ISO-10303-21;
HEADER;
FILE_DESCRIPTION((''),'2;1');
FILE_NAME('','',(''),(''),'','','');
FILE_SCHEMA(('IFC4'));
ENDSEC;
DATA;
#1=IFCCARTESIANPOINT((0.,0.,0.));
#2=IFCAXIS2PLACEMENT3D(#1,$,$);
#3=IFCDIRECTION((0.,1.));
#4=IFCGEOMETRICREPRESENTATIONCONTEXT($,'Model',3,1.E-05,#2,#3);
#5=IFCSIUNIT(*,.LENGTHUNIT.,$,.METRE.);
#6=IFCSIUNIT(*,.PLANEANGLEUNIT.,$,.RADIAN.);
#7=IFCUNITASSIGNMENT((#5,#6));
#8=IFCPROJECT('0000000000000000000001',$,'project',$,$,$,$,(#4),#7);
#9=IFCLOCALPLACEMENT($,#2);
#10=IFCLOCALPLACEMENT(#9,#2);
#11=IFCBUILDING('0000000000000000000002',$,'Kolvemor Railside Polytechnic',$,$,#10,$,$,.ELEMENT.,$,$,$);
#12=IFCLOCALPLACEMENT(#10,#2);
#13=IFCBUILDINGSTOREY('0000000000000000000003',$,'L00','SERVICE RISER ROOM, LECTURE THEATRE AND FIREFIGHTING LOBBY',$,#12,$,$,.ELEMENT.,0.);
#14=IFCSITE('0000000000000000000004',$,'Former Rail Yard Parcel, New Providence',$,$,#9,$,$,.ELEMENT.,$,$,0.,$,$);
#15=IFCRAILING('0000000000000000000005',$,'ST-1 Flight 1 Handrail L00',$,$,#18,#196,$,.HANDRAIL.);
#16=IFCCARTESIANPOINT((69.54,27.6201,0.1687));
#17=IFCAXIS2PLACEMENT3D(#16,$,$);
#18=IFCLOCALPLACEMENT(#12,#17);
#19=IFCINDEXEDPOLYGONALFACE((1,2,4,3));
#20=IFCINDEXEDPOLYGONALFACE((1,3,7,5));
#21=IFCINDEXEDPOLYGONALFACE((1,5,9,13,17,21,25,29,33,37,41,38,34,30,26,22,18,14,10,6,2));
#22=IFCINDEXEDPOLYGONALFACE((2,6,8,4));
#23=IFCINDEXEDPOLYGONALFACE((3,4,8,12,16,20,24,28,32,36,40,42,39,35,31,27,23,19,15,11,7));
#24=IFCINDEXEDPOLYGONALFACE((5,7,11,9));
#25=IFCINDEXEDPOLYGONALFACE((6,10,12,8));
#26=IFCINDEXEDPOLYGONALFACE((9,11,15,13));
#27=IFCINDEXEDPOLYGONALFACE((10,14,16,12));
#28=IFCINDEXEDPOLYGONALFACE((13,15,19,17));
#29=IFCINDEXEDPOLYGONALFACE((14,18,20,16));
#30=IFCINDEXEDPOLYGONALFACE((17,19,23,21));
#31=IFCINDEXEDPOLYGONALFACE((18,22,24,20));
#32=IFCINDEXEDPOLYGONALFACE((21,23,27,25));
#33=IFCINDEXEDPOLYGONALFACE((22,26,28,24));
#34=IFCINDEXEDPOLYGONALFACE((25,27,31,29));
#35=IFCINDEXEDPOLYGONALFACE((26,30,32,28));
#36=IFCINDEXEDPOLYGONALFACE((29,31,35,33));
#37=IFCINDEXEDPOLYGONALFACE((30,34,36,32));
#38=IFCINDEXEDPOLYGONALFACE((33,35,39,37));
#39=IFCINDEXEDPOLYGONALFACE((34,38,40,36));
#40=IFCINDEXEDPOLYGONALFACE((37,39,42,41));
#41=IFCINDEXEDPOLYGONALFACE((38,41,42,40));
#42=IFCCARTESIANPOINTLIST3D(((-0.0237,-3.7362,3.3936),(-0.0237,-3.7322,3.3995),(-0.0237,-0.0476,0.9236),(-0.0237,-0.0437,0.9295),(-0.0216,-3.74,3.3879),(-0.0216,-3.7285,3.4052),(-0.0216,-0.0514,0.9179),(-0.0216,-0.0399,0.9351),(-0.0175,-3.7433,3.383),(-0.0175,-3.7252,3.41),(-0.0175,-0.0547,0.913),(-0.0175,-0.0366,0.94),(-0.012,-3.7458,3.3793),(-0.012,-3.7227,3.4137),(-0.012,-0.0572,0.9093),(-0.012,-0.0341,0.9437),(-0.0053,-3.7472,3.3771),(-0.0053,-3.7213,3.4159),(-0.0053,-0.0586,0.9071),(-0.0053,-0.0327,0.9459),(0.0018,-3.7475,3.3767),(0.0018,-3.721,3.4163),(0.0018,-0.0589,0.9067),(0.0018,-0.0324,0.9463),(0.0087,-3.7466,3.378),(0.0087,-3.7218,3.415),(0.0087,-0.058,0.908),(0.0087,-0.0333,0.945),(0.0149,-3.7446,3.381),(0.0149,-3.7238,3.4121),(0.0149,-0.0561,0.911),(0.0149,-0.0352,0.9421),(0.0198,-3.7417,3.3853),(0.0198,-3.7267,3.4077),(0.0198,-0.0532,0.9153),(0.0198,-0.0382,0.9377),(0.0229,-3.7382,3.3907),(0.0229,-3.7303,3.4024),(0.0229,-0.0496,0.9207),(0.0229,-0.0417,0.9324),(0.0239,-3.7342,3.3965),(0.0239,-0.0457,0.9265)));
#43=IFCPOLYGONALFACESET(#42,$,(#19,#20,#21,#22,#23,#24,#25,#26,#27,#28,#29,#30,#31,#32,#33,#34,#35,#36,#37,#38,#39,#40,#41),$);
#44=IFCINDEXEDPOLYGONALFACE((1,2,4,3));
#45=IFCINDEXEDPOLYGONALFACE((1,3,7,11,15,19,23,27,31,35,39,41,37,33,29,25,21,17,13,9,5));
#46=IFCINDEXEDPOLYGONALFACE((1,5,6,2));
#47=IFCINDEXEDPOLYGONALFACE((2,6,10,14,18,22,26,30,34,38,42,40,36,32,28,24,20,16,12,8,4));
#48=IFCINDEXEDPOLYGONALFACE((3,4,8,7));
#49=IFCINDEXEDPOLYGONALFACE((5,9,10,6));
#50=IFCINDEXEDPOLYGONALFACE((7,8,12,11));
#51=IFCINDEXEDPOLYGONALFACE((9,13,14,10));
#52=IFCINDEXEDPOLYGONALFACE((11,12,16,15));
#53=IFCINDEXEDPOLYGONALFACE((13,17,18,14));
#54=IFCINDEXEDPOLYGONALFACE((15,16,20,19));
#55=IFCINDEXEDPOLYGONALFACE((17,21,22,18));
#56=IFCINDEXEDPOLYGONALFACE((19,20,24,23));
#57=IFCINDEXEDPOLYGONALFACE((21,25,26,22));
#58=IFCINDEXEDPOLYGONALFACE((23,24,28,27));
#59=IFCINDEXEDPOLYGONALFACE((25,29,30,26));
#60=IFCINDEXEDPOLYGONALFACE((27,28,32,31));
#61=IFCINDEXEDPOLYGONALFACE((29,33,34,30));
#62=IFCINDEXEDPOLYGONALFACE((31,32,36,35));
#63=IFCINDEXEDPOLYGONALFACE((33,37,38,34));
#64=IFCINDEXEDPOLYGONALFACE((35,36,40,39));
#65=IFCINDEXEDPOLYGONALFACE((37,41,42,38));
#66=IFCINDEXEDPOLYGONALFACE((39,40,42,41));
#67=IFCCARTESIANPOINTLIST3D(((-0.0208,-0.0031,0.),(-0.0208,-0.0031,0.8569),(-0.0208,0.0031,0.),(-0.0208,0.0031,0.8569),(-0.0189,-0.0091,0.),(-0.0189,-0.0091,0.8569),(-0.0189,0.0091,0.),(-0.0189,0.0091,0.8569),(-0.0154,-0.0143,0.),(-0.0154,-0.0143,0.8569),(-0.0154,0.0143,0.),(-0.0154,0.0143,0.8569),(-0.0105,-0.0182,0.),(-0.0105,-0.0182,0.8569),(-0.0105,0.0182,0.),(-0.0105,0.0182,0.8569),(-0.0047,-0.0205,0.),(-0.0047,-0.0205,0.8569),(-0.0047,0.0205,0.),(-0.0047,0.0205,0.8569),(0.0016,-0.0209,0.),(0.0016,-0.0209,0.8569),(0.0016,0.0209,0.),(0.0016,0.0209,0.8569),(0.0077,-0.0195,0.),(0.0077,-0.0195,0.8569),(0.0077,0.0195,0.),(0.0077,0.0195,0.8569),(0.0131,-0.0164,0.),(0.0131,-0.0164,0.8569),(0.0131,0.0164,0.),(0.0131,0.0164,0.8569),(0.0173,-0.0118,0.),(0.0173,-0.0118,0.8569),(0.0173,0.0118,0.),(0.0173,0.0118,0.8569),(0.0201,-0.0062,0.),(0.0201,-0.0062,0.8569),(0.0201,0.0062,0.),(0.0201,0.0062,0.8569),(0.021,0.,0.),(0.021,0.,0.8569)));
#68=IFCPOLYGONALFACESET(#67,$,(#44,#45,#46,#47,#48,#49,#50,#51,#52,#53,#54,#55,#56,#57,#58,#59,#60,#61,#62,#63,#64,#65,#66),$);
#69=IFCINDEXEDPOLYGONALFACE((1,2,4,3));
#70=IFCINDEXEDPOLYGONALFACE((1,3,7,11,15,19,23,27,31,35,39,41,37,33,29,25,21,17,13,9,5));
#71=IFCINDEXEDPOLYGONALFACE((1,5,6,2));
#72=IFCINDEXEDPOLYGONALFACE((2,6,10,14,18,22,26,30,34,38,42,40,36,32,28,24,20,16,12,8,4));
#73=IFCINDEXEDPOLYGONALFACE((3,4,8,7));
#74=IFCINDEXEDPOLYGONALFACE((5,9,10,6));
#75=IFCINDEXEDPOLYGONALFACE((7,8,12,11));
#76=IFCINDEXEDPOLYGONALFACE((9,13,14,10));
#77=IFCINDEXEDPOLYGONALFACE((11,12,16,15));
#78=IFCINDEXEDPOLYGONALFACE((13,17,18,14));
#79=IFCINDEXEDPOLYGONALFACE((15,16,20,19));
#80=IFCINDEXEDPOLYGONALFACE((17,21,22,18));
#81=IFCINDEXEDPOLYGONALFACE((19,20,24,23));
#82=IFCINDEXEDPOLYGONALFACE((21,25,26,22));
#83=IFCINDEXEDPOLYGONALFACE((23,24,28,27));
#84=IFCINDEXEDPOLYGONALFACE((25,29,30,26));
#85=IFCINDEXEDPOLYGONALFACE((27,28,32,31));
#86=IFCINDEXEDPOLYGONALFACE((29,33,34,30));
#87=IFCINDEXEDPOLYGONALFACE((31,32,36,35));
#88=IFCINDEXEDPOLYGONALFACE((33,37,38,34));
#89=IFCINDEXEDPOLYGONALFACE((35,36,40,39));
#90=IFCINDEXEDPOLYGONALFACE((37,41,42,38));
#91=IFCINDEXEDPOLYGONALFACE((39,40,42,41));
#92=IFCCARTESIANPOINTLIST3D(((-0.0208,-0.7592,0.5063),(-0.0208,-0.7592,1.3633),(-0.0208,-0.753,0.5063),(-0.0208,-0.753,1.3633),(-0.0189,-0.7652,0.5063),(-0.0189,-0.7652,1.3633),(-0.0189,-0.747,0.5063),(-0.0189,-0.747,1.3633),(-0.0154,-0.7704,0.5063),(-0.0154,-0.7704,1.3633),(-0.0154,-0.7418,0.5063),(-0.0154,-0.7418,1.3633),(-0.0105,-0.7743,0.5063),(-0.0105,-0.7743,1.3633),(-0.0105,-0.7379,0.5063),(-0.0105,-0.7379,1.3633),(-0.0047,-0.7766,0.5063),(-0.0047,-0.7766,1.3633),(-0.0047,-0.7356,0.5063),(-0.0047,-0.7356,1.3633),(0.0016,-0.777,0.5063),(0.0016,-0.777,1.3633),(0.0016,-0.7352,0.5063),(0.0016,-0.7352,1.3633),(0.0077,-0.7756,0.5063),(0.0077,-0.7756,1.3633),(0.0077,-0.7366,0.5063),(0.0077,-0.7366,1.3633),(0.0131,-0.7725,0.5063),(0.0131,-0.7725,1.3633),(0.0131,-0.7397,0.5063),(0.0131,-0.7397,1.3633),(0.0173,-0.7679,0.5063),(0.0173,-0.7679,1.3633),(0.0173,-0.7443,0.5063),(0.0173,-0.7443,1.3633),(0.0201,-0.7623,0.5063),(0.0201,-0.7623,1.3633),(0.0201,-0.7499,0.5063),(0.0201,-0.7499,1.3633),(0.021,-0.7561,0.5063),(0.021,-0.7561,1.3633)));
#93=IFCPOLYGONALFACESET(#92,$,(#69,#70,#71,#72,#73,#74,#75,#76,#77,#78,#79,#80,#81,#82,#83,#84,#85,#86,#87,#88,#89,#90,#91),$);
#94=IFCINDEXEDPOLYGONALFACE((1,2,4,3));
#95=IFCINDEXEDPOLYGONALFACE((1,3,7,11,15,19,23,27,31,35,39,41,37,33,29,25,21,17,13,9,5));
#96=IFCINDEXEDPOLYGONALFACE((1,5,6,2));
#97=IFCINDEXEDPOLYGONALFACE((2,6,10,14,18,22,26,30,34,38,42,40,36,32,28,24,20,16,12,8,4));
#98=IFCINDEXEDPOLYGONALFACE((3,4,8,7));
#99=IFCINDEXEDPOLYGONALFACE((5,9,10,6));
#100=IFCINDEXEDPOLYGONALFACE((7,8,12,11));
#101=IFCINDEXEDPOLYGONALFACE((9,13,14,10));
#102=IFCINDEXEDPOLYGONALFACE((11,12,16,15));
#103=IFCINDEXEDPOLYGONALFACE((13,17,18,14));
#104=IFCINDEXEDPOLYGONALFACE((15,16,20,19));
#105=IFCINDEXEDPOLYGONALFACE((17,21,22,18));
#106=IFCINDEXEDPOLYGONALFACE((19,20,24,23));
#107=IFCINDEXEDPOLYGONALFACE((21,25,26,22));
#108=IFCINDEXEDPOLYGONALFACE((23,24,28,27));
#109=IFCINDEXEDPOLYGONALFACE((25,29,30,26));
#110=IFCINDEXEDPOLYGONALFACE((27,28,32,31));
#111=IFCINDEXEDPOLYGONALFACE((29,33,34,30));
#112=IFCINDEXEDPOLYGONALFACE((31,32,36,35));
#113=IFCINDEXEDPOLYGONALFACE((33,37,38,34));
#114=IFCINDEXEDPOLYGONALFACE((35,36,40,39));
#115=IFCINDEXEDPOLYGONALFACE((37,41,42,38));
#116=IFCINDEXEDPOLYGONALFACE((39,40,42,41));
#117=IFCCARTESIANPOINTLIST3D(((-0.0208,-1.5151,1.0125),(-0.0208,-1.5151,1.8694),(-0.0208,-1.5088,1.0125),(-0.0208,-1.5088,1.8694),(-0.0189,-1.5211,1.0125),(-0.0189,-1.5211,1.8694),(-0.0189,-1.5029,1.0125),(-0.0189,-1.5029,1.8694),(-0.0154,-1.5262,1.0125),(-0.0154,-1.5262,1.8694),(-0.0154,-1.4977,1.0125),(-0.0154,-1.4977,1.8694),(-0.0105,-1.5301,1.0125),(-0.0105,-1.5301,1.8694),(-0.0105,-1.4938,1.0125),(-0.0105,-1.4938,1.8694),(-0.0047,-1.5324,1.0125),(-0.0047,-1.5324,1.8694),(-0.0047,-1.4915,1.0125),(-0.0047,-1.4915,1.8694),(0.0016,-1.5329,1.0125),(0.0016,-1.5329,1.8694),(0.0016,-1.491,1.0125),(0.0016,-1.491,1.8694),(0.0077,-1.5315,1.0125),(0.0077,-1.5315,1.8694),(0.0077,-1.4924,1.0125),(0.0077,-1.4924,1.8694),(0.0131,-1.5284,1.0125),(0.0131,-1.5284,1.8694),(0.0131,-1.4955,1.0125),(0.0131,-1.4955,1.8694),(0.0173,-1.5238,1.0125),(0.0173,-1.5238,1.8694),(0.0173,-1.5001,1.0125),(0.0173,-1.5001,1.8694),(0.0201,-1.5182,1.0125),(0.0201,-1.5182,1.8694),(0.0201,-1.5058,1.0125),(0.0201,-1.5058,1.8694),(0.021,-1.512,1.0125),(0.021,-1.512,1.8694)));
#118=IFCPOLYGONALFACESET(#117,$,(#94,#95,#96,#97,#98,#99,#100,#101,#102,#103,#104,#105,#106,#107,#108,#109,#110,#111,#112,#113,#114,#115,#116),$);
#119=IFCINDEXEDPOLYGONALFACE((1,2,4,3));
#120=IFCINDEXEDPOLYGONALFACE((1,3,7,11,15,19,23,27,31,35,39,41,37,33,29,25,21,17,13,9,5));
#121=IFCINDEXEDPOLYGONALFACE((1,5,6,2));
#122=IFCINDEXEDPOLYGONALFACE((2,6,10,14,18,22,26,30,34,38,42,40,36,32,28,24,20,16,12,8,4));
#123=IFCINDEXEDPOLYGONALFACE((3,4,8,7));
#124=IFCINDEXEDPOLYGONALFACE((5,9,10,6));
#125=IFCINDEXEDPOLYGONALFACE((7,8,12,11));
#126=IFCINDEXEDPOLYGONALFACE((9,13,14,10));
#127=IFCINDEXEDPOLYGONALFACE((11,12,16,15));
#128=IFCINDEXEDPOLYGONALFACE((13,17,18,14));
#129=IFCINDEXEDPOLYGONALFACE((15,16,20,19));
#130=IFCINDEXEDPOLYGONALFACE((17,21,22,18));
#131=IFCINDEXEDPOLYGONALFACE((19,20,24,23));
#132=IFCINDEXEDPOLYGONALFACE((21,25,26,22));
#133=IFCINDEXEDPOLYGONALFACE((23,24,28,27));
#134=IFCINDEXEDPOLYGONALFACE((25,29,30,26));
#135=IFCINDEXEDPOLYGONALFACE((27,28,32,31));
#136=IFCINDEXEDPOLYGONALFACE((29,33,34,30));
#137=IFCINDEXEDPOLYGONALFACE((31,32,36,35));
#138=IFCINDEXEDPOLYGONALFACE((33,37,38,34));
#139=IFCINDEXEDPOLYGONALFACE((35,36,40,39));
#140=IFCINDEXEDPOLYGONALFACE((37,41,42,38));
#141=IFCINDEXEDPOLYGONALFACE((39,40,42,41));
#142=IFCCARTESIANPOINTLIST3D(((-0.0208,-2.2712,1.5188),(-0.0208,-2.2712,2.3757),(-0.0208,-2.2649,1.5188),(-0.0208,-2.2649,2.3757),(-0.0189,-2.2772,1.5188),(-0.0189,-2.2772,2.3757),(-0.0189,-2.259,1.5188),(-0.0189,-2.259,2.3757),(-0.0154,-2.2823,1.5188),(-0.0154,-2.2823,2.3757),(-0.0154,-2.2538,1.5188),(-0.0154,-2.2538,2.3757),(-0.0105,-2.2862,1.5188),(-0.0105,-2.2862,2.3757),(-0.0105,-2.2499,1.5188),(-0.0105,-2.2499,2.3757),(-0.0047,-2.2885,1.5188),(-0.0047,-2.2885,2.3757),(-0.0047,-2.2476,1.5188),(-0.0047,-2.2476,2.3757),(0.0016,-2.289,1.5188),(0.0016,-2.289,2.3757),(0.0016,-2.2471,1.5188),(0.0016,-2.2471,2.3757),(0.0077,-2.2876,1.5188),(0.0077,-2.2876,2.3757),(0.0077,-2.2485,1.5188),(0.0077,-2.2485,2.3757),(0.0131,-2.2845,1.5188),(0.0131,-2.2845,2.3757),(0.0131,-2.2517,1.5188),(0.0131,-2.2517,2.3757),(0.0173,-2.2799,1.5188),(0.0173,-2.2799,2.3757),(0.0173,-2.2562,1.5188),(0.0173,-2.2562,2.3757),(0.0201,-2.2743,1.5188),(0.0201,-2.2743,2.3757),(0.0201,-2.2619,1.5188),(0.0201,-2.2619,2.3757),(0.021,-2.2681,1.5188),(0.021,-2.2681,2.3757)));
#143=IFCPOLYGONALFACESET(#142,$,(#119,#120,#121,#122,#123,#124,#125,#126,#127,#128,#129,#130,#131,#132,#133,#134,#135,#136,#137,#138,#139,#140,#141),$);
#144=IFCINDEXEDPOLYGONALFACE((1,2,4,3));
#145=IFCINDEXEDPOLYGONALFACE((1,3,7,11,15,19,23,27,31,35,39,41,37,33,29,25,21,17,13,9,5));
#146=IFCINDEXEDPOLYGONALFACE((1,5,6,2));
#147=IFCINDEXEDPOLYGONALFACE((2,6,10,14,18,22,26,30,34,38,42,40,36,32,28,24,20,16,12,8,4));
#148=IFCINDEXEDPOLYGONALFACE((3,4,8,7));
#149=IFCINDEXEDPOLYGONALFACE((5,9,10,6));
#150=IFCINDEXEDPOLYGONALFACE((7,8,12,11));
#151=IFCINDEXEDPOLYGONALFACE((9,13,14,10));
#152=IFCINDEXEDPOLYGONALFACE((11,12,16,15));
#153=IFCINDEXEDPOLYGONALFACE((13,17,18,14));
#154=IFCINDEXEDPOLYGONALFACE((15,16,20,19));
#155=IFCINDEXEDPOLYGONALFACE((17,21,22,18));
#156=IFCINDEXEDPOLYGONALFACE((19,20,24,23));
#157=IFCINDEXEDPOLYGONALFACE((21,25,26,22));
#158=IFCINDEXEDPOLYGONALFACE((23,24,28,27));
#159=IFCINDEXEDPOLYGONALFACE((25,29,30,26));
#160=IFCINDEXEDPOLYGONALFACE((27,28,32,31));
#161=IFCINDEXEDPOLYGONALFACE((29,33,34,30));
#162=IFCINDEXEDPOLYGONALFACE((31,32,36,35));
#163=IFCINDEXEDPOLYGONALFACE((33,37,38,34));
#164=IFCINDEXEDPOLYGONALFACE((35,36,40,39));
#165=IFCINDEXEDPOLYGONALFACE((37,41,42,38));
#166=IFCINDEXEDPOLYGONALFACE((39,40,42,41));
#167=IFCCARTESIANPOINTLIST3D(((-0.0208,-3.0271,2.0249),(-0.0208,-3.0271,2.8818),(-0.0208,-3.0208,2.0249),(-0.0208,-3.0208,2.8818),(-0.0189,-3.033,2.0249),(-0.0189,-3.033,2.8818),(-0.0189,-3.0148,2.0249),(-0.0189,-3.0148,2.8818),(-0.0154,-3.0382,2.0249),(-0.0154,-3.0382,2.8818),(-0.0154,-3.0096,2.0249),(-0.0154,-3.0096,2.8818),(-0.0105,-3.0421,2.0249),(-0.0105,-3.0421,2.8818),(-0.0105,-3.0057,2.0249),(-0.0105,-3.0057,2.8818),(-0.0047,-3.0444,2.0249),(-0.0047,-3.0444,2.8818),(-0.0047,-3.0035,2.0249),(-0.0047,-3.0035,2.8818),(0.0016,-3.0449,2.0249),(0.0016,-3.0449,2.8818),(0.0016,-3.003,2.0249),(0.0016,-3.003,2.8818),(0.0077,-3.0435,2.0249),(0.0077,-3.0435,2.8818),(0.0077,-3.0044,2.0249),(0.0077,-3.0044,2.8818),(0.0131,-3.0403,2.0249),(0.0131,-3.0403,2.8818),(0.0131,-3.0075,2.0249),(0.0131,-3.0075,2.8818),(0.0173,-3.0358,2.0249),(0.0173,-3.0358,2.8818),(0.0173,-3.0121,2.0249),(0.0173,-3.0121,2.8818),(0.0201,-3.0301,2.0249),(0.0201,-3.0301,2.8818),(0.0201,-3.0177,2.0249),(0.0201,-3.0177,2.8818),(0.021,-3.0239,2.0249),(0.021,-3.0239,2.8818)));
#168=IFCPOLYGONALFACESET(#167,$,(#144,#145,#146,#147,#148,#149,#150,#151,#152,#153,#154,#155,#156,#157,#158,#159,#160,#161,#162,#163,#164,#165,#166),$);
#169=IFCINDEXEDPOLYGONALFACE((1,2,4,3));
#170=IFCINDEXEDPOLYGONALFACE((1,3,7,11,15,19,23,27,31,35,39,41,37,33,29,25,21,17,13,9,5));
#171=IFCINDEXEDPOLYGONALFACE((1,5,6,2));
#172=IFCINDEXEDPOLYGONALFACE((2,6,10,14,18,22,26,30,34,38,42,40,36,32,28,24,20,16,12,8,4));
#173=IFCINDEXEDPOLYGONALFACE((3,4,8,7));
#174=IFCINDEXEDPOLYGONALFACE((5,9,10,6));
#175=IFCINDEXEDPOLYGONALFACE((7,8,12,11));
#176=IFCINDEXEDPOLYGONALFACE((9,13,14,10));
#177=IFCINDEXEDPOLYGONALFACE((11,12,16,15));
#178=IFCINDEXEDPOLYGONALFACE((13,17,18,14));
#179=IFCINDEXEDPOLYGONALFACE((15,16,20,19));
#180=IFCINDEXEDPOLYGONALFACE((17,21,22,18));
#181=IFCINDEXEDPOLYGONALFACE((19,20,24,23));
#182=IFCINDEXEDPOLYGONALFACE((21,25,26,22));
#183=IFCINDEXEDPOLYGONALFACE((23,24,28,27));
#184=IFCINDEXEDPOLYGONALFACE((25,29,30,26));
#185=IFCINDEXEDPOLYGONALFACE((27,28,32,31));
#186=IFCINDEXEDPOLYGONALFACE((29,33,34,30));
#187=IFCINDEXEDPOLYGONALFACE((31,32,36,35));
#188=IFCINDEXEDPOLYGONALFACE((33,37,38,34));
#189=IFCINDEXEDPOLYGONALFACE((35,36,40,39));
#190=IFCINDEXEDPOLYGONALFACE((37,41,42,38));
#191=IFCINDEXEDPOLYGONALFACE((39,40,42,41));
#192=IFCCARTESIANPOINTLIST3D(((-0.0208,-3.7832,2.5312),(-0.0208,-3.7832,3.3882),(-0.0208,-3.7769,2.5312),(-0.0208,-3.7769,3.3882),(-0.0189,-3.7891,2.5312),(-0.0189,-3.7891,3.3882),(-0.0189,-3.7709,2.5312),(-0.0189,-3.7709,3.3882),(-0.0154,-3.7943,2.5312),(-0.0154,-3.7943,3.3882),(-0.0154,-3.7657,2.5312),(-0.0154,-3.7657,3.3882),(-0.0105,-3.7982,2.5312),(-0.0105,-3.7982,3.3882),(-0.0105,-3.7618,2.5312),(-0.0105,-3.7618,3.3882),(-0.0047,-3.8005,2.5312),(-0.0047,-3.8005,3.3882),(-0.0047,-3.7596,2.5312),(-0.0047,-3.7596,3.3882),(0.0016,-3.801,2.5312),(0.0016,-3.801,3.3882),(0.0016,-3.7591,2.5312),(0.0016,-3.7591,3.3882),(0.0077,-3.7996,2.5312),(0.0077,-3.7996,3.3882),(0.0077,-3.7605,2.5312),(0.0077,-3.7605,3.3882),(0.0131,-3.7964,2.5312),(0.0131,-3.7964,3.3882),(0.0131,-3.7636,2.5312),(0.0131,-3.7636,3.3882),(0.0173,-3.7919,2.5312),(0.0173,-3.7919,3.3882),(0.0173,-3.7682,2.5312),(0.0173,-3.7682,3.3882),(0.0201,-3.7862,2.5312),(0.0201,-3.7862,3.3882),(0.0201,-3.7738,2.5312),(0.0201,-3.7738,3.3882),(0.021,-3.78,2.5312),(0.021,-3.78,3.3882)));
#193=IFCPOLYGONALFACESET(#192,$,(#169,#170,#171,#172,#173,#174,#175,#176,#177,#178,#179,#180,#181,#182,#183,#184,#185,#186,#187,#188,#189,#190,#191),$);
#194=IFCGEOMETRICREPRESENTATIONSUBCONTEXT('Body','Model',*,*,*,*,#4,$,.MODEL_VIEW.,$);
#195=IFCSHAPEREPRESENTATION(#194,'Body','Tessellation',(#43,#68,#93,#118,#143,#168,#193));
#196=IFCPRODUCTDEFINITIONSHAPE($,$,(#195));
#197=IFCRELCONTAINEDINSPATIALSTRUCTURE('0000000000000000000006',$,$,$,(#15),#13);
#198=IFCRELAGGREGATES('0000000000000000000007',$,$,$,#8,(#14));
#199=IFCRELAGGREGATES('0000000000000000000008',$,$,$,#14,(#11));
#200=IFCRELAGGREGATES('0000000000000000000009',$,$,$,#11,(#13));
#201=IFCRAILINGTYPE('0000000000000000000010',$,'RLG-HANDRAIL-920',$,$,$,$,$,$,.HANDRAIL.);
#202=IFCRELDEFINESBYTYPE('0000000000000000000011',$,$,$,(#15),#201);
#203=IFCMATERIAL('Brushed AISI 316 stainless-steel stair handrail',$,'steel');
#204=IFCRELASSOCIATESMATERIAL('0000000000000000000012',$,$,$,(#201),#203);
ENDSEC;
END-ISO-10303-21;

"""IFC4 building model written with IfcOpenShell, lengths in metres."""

from ifc_helpers import new_model, si_unit, direction, frame, origin, origin_2d, place, context, subcontext, project, spatial, circle, extrude, material, type_object, element, save


model = new_model("IFC4")

# Units and contexts
model_context = context("Model", 3, precision=1e-05, world=origin(), true_north=direction((0.0, 1.0)))
body_context = subcontext(model_context, "Body", "Model", "MODEL_VIEW")
ifc_project = project(units=[si_unit("LENGTHUNIT", "METRE"), si_unit("PLANEANGLEUNIT", "RADIAN")], contexts=[model_context])

# Site, building, storey
site_placement = place(None, origin())
site = spatial("IfcSite", under=ifc_project, at=site_placement, Name="Former Rail Yard Parcel, New Providence", CompositionType="ELEMENT", RefElevation=0.0)
building_placement = place(site_placement, origin())
building = spatial("IfcBuilding", under=site, at=building_placement, Name="Kolvemor Railside Polytechnic", CompositionType="ELEMENT")
storey_placement = place(building_placement, origin())
storey = spatial("IfcBuildingStorey", under=building, at=storey_placement, Name="L00", Description="SERVICE RISER ROOM, LECTURE THEATRE AND FIREFIGHTING LOBBY", CompositionType="ELEMENT", Elevation=0.0)

# Railing
ifc_material_1 = material(Name="Brushed AISI 316 stainless-steel stair handrail", Category="steel")
railing_type_1 = type_object("IfcRailingType", Name="RLG-HANDRAIL-920", PredefinedType="HANDRAIL", material=ifc_material_1)
railing_1_placement = place(storey_placement, frame((69.54, 27.6201, 0.1687)))
element("IfcRailing", 1, at=railing_1_placement, inside=storey, type_object=railing_type_1, Name="ST-1 Flight 1 Handrail L00", PredefinedType="HANDRAIL", context=body_context, shape_type="SweptSolid", body=[
    extrude(circle(Radius=0.0239, at=origin_2d()), frame((0.0, -0.0457, 0.9265), z_axis=(0.0, -0.830909, 0.556408), x_axis=(1.0, 0.0, 0.0)), (0.0, 0.0, 1.0), 4.4392),
    extrude(circle(Radius=0.021, at=origin_2d()), origin(), (0.0, 0.0, 1.0), 0.8569),
    extrude(circle(Radius=0.021, at=origin_2d()), frame((0.0, -0.7561, 0.5063)), (0.0, 0.0, 1.0), 0.8569),
    extrude(circle(Radius=0.021, at=origin_2d()), frame((0.0, -1.512, 1.0125)), (0.0, 0.0, 1.0), 0.8569),
    extrude(circle(Radius=0.021, at=origin_2d()), frame((0.0, -2.2681, 1.5188)), (0.0, 0.0, 1.0), 0.8569),
    extrude(circle(Radius=0.021, at=origin_2d()), frame((0.0, -3.0239, 2.0249)), (0.0, 0.0, 1.0), 0.8569),
    extrude(circle(Radius=0.021, at=origin_2d()), frame((0.0, -3.78, 2.5312)), (0.0, 0.0, 1.0), 0.8569),
])

save(model, "model.ifc")
